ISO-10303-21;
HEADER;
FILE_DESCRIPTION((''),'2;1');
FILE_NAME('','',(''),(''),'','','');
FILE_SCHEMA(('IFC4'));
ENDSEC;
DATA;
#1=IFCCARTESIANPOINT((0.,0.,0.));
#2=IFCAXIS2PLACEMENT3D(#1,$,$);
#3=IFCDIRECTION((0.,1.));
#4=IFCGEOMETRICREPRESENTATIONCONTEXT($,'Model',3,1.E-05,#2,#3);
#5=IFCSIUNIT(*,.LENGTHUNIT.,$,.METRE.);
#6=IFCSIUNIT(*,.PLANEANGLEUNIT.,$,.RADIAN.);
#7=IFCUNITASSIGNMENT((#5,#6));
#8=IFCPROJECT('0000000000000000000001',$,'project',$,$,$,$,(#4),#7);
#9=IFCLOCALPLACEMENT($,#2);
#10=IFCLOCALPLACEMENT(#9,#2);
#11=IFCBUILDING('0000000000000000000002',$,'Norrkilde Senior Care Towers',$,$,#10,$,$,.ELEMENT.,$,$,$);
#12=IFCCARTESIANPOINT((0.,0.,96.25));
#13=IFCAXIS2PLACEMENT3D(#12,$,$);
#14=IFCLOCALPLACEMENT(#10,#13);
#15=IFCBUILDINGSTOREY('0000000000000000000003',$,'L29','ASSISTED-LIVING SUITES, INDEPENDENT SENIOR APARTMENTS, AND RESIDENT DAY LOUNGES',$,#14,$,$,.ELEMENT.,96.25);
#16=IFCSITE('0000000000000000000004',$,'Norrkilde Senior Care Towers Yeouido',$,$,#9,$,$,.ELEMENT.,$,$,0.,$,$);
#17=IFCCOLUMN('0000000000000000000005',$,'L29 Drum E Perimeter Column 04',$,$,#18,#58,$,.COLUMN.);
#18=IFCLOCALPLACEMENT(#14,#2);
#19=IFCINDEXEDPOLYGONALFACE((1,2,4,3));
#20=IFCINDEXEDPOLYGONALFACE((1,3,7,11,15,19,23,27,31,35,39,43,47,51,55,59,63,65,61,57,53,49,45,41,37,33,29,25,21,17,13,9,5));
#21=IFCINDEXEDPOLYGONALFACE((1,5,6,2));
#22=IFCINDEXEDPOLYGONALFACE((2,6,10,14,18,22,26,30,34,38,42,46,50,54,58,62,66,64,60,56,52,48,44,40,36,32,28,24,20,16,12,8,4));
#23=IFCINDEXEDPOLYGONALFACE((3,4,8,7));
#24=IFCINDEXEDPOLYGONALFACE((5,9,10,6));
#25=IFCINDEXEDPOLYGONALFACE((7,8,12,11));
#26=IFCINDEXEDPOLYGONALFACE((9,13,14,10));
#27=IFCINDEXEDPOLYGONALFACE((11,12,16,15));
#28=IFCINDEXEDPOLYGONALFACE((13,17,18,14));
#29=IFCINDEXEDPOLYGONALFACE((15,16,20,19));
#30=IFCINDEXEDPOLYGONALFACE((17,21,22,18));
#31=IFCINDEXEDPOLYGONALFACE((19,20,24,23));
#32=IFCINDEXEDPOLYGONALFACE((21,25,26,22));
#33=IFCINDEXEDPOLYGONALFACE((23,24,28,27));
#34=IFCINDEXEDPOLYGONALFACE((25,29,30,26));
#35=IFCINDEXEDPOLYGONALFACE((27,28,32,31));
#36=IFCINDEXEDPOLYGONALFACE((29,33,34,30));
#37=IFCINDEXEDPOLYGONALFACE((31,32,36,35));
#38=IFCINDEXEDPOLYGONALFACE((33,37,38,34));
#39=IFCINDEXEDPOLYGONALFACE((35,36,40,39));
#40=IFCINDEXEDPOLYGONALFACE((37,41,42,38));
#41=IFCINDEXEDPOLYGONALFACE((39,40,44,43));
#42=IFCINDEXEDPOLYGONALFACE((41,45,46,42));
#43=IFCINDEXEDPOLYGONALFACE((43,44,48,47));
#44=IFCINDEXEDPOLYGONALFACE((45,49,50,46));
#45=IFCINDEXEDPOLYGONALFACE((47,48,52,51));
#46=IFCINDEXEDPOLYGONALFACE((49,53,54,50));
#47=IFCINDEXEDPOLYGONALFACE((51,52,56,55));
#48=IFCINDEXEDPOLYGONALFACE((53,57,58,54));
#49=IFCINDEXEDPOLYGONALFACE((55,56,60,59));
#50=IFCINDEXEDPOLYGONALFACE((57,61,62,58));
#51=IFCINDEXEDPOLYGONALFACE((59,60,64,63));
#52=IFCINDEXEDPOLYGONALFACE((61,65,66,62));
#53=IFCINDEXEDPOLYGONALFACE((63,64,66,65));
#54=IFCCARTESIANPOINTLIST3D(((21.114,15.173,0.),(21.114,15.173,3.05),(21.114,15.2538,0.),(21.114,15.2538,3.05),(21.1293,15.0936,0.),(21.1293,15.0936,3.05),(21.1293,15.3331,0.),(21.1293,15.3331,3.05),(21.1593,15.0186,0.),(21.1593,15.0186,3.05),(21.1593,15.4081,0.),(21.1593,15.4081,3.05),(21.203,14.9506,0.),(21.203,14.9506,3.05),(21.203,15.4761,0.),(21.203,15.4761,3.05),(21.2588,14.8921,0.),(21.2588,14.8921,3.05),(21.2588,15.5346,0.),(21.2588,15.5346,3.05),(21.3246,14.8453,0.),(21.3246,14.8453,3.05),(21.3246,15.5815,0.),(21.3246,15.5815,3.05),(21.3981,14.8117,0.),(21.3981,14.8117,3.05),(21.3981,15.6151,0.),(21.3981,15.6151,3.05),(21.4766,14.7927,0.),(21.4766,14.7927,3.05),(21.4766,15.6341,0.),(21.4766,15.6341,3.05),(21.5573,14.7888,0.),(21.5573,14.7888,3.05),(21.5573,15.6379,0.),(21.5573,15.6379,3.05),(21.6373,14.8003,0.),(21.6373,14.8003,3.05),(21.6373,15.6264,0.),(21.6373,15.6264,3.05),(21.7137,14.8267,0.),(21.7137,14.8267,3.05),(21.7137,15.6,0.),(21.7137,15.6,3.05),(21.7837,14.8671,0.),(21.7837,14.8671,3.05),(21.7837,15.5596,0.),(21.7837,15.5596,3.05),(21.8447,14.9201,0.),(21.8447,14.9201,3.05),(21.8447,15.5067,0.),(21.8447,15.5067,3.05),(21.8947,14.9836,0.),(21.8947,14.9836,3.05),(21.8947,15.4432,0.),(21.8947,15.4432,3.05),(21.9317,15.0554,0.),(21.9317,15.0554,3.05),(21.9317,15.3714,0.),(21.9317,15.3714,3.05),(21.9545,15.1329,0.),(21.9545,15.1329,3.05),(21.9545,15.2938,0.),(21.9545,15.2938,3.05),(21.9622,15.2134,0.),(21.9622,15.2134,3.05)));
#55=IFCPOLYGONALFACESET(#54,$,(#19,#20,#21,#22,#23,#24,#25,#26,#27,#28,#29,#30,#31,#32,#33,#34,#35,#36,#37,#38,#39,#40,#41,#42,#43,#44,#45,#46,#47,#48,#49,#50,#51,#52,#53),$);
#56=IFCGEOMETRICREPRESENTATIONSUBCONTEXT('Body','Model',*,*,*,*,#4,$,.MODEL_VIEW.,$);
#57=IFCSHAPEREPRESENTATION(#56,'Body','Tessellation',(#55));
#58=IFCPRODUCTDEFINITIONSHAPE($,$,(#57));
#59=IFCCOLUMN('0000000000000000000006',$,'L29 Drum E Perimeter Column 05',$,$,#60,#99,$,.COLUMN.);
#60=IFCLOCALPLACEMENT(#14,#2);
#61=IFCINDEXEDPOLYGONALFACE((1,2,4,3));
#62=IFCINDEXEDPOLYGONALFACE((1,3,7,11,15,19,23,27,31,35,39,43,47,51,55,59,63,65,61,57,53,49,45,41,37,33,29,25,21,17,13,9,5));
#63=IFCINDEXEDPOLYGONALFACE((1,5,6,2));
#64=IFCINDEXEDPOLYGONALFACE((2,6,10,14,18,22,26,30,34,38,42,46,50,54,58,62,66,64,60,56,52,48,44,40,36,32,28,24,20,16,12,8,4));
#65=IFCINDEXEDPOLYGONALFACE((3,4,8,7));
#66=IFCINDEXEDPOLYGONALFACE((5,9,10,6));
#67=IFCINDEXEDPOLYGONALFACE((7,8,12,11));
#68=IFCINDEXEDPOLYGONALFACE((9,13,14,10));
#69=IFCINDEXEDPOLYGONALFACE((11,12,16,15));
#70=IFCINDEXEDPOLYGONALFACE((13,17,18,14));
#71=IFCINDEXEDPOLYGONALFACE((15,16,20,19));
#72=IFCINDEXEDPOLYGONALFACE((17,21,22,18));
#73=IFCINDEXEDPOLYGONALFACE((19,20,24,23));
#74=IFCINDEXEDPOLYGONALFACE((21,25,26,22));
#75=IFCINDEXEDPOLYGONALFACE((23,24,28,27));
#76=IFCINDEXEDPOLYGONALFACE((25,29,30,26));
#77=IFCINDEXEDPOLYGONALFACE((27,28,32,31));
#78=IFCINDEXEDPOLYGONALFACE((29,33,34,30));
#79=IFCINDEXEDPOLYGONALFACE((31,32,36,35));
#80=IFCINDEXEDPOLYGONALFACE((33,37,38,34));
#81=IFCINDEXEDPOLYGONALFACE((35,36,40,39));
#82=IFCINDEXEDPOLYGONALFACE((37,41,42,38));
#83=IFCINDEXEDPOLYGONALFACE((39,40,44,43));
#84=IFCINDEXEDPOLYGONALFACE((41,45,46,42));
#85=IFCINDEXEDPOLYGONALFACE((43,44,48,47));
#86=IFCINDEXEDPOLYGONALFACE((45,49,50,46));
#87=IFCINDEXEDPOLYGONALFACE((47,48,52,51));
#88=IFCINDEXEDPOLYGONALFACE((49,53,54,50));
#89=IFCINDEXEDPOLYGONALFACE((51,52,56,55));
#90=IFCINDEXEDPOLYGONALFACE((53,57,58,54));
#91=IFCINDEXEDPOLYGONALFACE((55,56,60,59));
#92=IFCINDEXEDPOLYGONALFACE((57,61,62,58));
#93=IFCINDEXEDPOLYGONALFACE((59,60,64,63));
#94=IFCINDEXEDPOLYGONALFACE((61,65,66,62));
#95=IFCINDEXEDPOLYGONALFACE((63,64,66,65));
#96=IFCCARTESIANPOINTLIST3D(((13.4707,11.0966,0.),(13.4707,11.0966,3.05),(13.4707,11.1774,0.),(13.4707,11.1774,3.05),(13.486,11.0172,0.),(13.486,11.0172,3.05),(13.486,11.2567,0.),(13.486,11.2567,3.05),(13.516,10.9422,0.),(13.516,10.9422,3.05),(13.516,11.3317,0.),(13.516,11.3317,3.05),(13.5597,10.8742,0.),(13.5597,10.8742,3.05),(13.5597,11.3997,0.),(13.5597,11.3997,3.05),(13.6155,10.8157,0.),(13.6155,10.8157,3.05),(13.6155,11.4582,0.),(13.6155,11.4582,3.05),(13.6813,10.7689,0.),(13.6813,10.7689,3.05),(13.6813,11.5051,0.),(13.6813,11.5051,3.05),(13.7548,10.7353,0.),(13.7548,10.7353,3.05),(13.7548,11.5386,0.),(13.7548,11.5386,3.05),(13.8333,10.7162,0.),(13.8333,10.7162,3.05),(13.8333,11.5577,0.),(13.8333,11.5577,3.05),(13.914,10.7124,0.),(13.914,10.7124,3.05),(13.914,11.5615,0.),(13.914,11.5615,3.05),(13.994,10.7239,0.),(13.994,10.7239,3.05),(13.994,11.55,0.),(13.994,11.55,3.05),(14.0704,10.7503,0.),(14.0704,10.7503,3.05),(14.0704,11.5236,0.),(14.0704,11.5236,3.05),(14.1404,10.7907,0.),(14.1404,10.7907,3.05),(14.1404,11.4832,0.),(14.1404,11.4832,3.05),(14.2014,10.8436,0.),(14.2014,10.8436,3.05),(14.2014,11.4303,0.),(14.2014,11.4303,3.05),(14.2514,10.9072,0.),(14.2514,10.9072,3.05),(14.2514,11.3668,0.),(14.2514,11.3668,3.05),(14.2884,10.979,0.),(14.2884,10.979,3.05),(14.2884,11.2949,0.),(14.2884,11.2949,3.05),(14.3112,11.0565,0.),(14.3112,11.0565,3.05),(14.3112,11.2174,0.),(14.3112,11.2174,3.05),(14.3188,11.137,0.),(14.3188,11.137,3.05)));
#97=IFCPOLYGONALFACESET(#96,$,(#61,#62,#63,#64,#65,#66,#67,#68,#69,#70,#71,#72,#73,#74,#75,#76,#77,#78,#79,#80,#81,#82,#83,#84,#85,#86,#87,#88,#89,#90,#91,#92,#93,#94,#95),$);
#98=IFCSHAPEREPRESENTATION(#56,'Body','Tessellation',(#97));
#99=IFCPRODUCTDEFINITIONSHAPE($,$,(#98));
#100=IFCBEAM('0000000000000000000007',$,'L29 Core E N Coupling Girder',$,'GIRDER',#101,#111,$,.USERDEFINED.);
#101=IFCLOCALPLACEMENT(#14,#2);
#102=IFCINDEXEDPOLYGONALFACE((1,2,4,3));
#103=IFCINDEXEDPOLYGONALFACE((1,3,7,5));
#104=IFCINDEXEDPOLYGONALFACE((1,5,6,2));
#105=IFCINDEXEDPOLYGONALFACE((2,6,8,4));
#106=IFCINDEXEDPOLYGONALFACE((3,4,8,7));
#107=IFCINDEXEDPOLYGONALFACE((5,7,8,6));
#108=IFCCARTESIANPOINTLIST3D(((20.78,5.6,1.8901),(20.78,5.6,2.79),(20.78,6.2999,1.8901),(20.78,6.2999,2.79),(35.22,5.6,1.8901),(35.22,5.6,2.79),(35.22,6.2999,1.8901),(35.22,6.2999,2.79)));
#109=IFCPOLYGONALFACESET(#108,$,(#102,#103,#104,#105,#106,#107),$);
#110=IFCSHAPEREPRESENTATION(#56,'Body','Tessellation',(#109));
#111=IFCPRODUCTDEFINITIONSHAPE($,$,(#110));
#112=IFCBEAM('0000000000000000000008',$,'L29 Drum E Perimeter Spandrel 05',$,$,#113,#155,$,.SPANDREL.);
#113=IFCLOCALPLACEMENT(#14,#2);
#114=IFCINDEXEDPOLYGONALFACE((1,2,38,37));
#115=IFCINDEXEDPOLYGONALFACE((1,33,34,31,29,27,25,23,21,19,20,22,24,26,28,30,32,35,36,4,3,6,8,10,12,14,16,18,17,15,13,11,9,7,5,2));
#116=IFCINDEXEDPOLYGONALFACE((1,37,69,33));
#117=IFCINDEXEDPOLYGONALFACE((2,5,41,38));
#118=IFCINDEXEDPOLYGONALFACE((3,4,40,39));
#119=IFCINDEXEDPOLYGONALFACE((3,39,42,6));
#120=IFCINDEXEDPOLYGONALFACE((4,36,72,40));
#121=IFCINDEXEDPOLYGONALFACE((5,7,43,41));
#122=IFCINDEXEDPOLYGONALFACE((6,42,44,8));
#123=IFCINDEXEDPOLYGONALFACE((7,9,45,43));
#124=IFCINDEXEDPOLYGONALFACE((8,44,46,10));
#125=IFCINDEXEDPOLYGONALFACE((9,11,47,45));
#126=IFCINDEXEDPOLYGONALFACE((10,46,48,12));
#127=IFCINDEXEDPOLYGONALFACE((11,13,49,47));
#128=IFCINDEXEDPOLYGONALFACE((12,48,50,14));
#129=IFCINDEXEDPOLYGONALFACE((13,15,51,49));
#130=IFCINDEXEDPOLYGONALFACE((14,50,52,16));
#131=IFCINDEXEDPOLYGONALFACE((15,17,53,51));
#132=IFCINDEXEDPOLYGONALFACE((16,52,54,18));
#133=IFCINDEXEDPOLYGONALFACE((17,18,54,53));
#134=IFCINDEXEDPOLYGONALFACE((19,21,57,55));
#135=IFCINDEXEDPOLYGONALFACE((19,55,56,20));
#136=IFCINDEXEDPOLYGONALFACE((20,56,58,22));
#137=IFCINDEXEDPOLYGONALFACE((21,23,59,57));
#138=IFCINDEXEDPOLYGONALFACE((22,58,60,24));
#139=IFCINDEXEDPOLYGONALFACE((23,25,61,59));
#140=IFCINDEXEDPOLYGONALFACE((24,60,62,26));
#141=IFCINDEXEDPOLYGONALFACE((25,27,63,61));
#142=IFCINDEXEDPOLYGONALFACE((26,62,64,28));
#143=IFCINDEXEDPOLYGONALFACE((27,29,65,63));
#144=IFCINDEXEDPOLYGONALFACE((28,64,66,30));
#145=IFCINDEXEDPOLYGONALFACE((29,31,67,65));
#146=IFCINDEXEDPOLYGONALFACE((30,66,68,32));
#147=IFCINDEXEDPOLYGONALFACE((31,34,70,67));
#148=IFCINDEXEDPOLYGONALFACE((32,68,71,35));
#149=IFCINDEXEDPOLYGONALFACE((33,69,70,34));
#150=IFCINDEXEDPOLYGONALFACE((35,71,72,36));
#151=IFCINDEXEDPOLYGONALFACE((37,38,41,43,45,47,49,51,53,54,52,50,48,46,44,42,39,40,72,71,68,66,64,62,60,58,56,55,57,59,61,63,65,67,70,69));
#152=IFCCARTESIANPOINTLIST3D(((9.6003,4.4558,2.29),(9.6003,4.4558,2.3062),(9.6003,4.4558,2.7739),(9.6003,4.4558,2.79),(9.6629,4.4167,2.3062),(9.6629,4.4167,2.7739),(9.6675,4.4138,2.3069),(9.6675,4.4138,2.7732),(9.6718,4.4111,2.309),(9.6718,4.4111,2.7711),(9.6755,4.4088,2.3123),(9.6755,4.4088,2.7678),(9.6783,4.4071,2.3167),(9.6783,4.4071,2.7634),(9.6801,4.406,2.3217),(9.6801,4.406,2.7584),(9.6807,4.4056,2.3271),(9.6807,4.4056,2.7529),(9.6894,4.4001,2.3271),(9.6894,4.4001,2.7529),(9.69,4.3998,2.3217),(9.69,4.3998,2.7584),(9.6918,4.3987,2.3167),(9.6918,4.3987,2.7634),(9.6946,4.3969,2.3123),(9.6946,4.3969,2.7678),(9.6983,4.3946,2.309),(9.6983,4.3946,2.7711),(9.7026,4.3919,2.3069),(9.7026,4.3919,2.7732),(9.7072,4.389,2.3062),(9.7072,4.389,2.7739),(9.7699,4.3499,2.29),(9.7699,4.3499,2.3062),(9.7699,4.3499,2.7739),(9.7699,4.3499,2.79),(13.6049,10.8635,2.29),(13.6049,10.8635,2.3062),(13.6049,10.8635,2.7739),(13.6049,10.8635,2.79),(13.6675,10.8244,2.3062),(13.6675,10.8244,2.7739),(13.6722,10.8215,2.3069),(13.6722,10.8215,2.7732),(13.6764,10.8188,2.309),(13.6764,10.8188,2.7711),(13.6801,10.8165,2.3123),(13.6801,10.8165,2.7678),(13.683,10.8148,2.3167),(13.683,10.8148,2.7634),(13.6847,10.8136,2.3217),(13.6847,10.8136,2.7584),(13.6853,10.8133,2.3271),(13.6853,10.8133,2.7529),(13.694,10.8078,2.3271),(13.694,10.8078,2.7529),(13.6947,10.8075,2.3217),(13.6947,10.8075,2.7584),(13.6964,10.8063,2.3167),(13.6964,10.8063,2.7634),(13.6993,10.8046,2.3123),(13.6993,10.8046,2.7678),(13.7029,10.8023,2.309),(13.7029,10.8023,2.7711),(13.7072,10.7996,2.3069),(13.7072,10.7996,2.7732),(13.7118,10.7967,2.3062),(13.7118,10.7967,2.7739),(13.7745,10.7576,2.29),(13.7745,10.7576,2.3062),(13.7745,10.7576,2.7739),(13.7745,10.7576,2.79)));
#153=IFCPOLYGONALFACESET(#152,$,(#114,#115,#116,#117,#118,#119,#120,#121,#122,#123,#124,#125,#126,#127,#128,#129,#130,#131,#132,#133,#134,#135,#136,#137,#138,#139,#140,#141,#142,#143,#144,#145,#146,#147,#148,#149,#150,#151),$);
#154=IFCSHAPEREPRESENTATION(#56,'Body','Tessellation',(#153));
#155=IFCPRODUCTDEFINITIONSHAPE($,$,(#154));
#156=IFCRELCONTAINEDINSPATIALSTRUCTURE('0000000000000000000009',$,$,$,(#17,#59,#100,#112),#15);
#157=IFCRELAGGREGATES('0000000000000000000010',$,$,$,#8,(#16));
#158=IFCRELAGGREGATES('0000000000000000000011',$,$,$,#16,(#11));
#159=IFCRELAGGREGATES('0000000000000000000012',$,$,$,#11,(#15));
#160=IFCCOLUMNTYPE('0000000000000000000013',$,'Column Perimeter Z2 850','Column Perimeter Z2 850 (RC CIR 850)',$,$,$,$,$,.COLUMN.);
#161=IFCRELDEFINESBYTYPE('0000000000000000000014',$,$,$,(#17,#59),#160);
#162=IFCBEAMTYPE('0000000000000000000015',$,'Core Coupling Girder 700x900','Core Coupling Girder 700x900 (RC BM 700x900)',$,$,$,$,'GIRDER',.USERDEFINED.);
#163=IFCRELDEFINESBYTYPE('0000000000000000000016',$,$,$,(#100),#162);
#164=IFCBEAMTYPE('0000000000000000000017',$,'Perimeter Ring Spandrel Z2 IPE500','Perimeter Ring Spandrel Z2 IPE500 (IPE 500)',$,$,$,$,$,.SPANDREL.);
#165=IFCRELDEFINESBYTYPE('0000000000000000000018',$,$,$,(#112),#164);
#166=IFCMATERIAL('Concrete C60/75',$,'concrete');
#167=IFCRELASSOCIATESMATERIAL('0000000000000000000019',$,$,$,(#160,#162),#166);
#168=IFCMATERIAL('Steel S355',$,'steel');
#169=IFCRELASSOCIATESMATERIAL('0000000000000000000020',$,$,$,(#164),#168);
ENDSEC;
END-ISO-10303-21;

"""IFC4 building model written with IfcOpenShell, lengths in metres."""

from ifc_helpers import new_model, si_unit, direction, frame, origin, origin_2d, place, context, subcontext, project, spatial, rectangle, circle, i_section, extrude, source, transform, mapped, material, material_profile, profile_set, type_object, type_shapes, element, save


model = new_model("IFC4")

# Units and contexts
model_context = context("Model", 3, precision=1e-05, world=origin(), true_north=direction((0.0, 1.0)))
body_context = subcontext(model_context, "Body", "Model", "MODEL_VIEW")
ifc_project = project(units=[si_unit("LENGTHUNIT", "METRE"), si_unit("PLANEANGLEUNIT", "RADIAN")], contexts=[model_context])

# Site, building, storey
site_placement = place(None, origin())
site = spatial("IfcSite", under=ifc_project, at=site_placement, Name="Norrkilde Senior Care Towers Yeouido", CompositionType="ELEMENT", RefElevation=0.0)
building_placement = place(site_placement, origin())
building = spatial("IfcBuilding", under=site, at=building_placement, Name="Norrkilde Senior Care Towers", CompositionType="ELEMENT")
storey_placement = place(building_placement, frame((0.0, 0.0, 96.25)))
storey = spatial("IfcBuildingStorey", under=building, at=storey_placement, Name="L29", Description="ASSISTED-LIVING SUITES, INDEPENDENT SENIOR APARTMENTS, AND RESIDENT DAY LOUNGES", CompositionType="ELEMENT", Elevation=96.25)

# Columns
ifc_material_1 = material(Name="Concrete C60/75", Category="concrete")
ifc_material_profile_1 = material_profile(ifc_material_1, circle(Radius=0.425, at=origin_2d()), Name="RC CIR 850")
ifc_profile_set_1 = profile_set([ifc_material_profile_1], Name="Concrete C60/75")
column_type = type_object("IfcColumnType", Name="Column Perimeter Z2 850", Description="Column Perimeter Z2 850 (RC CIR 850)", PredefinedType="COLUMN", material=ifc_profile_set_1)
shared_shape_1 = source(origin(), body_context, "Body", "SweptSolid", [
    extrude(circle(Radius=0.425, at=origin_2d()), origin(), (0.0, 0.0, 1.0), 3.05),
])
type_shapes(column_type, [shared_shape_1])
for number, where, z_axis, x_axis, name in (
    (1, (21.5371, 15.2134, 0.0), (0.0, 0.0, 1.0), (1.0, 0.0, 0.0), "L29 Drum E Perimeter Column 04"),
    (2, (13.8938, 11.137, 0.0), (0.0, 0.0, 1.0), (1.0, 0.0, 0.0), "L29 Drum E Perimeter Column 05"),
):
    element("IfcColumn", number, at=place(storey_placement, frame(where, z_axis=z_axis, x_axis=x_axis)), inside=storey, type_object=column_type, Name=name, PredefinedType="COLUMN", context=body_context, shape_type="MappedRepresentation", body=[
        mapped(shared_shape_1, transform((0.0, 0.0, 0.0), x_axis=(1.0, 0.0, 0.0), y_axis=(0.0, 1.0, 0.0), z_axis=(0.0, 0.0, 1.0), scale=1.0)),
    ])

# Beams
ifc_material_profile_2 = material_profile(ifc_material_1, rectangle(XDim=0.7, YDim=0.8999, at=origin_2d()), Name="RC BM 700x900")
ifc_profile_set_2 = profile_set([ifc_material_profile_2], Name="Concrete C60/75")
beam_type_1 = type_object("IfcBeamType", Name="Core Coupling Girder 700x900", Description="Core Coupling Girder 700x900 (RC BM 700x900)", ElementType="GIRDER", PredefinedType="USERDEFINED", material=ifc_profile_set_2)
shared_shape_2 = source(origin(), body_context, "Body", "SweptSolid", [
    extrude(rectangle(XDim=0.7, YDim=0.8999, at=origin_2d()), origin(), (0.0, 0.0, 1.0), 14.4399),
])
type_shapes(beam_type_1, [shared_shape_2])
beam_1_placement = place(storey_placement, frame((20.78, 5.95, 2.3401), z_axis=(1.0, 0.0, 0.0), x_axis=(0.0, 1.0, 0.0)))
element("IfcBeam", 3, at=beam_1_placement, inside=storey, type_object=beam_type_1, Name="L29 Core E N Coupling Girder", ObjectType="GIRDER", PredefinedType="USERDEFINED", context=body_context, shape_type="MappedRepresentation", body=[
    mapped(shared_shape_2, transform((0.0, 0.0, 0.0), x_axis=(1.0, 0.0, 0.0), y_axis=(0.0, 1.0, 0.0), z_axis=(0.0, 0.0, 1.0), scale=1.0)),
])
ifc_material_2 = material(Name="Steel S355", Category="steel")
ifc_material_profile_3 = material_profile(ifc_material_2, i_section(OverallWidth=0.2, OverallDepth=0.5, WebThickness=0.0103, FlangeThickness=0.0161, FilletRadius=0.021, at=origin_2d()), Name="IPE 500")
ifc_profile_set_3 = profile_set([ifc_material_profile_3], Name="Steel S355")
beam_type_2 = type_object("IfcBeamType", Name="Perimeter Ring Spandrel Z2 IPE500", Description="Perimeter Ring Spandrel Z2 IPE500 (IPE 500)", PredefinedType="SPANDREL", material=ifc_profile_set_3)
shared_shape_3 = source(origin(), body_context, "Body", "SweptSolid", [
    extrude(i_section(OverallWidth=0.2, OverallDepth=0.5, WebThickness=0.0103, FlangeThickness=0.0161, FilletRadius=0.021, at=origin_2d()), origin(), (0.0, 0.0, 1.0), 7.5562),
])
beam_2_placement = place(storey_placement, frame((13.6897, 10.8105, 2.54), z_axis=(-0.529982, -0.848009, 0.0), x_axis=(0.848009, -0.529982, 0.0)))
element("IfcBeam", 4, at=beam_2_placement, inside=storey, type_object=beam_type_2, Name="L29 Drum E Perimeter Spandrel 05", PredefinedType="SPANDREL", context=body_context, shape_type="MappedRepresentation", body=[
    mapped(shared_shape_3, transform((0.0, 0.0, 0.0), x_axis=(1.0, 0.0, 0.0), y_axis=(0.0, 1.0, 0.0), z_axis=(0.0, 0.0, 1.0), scale=1.0)),
])

save(model, "model.ifc")
